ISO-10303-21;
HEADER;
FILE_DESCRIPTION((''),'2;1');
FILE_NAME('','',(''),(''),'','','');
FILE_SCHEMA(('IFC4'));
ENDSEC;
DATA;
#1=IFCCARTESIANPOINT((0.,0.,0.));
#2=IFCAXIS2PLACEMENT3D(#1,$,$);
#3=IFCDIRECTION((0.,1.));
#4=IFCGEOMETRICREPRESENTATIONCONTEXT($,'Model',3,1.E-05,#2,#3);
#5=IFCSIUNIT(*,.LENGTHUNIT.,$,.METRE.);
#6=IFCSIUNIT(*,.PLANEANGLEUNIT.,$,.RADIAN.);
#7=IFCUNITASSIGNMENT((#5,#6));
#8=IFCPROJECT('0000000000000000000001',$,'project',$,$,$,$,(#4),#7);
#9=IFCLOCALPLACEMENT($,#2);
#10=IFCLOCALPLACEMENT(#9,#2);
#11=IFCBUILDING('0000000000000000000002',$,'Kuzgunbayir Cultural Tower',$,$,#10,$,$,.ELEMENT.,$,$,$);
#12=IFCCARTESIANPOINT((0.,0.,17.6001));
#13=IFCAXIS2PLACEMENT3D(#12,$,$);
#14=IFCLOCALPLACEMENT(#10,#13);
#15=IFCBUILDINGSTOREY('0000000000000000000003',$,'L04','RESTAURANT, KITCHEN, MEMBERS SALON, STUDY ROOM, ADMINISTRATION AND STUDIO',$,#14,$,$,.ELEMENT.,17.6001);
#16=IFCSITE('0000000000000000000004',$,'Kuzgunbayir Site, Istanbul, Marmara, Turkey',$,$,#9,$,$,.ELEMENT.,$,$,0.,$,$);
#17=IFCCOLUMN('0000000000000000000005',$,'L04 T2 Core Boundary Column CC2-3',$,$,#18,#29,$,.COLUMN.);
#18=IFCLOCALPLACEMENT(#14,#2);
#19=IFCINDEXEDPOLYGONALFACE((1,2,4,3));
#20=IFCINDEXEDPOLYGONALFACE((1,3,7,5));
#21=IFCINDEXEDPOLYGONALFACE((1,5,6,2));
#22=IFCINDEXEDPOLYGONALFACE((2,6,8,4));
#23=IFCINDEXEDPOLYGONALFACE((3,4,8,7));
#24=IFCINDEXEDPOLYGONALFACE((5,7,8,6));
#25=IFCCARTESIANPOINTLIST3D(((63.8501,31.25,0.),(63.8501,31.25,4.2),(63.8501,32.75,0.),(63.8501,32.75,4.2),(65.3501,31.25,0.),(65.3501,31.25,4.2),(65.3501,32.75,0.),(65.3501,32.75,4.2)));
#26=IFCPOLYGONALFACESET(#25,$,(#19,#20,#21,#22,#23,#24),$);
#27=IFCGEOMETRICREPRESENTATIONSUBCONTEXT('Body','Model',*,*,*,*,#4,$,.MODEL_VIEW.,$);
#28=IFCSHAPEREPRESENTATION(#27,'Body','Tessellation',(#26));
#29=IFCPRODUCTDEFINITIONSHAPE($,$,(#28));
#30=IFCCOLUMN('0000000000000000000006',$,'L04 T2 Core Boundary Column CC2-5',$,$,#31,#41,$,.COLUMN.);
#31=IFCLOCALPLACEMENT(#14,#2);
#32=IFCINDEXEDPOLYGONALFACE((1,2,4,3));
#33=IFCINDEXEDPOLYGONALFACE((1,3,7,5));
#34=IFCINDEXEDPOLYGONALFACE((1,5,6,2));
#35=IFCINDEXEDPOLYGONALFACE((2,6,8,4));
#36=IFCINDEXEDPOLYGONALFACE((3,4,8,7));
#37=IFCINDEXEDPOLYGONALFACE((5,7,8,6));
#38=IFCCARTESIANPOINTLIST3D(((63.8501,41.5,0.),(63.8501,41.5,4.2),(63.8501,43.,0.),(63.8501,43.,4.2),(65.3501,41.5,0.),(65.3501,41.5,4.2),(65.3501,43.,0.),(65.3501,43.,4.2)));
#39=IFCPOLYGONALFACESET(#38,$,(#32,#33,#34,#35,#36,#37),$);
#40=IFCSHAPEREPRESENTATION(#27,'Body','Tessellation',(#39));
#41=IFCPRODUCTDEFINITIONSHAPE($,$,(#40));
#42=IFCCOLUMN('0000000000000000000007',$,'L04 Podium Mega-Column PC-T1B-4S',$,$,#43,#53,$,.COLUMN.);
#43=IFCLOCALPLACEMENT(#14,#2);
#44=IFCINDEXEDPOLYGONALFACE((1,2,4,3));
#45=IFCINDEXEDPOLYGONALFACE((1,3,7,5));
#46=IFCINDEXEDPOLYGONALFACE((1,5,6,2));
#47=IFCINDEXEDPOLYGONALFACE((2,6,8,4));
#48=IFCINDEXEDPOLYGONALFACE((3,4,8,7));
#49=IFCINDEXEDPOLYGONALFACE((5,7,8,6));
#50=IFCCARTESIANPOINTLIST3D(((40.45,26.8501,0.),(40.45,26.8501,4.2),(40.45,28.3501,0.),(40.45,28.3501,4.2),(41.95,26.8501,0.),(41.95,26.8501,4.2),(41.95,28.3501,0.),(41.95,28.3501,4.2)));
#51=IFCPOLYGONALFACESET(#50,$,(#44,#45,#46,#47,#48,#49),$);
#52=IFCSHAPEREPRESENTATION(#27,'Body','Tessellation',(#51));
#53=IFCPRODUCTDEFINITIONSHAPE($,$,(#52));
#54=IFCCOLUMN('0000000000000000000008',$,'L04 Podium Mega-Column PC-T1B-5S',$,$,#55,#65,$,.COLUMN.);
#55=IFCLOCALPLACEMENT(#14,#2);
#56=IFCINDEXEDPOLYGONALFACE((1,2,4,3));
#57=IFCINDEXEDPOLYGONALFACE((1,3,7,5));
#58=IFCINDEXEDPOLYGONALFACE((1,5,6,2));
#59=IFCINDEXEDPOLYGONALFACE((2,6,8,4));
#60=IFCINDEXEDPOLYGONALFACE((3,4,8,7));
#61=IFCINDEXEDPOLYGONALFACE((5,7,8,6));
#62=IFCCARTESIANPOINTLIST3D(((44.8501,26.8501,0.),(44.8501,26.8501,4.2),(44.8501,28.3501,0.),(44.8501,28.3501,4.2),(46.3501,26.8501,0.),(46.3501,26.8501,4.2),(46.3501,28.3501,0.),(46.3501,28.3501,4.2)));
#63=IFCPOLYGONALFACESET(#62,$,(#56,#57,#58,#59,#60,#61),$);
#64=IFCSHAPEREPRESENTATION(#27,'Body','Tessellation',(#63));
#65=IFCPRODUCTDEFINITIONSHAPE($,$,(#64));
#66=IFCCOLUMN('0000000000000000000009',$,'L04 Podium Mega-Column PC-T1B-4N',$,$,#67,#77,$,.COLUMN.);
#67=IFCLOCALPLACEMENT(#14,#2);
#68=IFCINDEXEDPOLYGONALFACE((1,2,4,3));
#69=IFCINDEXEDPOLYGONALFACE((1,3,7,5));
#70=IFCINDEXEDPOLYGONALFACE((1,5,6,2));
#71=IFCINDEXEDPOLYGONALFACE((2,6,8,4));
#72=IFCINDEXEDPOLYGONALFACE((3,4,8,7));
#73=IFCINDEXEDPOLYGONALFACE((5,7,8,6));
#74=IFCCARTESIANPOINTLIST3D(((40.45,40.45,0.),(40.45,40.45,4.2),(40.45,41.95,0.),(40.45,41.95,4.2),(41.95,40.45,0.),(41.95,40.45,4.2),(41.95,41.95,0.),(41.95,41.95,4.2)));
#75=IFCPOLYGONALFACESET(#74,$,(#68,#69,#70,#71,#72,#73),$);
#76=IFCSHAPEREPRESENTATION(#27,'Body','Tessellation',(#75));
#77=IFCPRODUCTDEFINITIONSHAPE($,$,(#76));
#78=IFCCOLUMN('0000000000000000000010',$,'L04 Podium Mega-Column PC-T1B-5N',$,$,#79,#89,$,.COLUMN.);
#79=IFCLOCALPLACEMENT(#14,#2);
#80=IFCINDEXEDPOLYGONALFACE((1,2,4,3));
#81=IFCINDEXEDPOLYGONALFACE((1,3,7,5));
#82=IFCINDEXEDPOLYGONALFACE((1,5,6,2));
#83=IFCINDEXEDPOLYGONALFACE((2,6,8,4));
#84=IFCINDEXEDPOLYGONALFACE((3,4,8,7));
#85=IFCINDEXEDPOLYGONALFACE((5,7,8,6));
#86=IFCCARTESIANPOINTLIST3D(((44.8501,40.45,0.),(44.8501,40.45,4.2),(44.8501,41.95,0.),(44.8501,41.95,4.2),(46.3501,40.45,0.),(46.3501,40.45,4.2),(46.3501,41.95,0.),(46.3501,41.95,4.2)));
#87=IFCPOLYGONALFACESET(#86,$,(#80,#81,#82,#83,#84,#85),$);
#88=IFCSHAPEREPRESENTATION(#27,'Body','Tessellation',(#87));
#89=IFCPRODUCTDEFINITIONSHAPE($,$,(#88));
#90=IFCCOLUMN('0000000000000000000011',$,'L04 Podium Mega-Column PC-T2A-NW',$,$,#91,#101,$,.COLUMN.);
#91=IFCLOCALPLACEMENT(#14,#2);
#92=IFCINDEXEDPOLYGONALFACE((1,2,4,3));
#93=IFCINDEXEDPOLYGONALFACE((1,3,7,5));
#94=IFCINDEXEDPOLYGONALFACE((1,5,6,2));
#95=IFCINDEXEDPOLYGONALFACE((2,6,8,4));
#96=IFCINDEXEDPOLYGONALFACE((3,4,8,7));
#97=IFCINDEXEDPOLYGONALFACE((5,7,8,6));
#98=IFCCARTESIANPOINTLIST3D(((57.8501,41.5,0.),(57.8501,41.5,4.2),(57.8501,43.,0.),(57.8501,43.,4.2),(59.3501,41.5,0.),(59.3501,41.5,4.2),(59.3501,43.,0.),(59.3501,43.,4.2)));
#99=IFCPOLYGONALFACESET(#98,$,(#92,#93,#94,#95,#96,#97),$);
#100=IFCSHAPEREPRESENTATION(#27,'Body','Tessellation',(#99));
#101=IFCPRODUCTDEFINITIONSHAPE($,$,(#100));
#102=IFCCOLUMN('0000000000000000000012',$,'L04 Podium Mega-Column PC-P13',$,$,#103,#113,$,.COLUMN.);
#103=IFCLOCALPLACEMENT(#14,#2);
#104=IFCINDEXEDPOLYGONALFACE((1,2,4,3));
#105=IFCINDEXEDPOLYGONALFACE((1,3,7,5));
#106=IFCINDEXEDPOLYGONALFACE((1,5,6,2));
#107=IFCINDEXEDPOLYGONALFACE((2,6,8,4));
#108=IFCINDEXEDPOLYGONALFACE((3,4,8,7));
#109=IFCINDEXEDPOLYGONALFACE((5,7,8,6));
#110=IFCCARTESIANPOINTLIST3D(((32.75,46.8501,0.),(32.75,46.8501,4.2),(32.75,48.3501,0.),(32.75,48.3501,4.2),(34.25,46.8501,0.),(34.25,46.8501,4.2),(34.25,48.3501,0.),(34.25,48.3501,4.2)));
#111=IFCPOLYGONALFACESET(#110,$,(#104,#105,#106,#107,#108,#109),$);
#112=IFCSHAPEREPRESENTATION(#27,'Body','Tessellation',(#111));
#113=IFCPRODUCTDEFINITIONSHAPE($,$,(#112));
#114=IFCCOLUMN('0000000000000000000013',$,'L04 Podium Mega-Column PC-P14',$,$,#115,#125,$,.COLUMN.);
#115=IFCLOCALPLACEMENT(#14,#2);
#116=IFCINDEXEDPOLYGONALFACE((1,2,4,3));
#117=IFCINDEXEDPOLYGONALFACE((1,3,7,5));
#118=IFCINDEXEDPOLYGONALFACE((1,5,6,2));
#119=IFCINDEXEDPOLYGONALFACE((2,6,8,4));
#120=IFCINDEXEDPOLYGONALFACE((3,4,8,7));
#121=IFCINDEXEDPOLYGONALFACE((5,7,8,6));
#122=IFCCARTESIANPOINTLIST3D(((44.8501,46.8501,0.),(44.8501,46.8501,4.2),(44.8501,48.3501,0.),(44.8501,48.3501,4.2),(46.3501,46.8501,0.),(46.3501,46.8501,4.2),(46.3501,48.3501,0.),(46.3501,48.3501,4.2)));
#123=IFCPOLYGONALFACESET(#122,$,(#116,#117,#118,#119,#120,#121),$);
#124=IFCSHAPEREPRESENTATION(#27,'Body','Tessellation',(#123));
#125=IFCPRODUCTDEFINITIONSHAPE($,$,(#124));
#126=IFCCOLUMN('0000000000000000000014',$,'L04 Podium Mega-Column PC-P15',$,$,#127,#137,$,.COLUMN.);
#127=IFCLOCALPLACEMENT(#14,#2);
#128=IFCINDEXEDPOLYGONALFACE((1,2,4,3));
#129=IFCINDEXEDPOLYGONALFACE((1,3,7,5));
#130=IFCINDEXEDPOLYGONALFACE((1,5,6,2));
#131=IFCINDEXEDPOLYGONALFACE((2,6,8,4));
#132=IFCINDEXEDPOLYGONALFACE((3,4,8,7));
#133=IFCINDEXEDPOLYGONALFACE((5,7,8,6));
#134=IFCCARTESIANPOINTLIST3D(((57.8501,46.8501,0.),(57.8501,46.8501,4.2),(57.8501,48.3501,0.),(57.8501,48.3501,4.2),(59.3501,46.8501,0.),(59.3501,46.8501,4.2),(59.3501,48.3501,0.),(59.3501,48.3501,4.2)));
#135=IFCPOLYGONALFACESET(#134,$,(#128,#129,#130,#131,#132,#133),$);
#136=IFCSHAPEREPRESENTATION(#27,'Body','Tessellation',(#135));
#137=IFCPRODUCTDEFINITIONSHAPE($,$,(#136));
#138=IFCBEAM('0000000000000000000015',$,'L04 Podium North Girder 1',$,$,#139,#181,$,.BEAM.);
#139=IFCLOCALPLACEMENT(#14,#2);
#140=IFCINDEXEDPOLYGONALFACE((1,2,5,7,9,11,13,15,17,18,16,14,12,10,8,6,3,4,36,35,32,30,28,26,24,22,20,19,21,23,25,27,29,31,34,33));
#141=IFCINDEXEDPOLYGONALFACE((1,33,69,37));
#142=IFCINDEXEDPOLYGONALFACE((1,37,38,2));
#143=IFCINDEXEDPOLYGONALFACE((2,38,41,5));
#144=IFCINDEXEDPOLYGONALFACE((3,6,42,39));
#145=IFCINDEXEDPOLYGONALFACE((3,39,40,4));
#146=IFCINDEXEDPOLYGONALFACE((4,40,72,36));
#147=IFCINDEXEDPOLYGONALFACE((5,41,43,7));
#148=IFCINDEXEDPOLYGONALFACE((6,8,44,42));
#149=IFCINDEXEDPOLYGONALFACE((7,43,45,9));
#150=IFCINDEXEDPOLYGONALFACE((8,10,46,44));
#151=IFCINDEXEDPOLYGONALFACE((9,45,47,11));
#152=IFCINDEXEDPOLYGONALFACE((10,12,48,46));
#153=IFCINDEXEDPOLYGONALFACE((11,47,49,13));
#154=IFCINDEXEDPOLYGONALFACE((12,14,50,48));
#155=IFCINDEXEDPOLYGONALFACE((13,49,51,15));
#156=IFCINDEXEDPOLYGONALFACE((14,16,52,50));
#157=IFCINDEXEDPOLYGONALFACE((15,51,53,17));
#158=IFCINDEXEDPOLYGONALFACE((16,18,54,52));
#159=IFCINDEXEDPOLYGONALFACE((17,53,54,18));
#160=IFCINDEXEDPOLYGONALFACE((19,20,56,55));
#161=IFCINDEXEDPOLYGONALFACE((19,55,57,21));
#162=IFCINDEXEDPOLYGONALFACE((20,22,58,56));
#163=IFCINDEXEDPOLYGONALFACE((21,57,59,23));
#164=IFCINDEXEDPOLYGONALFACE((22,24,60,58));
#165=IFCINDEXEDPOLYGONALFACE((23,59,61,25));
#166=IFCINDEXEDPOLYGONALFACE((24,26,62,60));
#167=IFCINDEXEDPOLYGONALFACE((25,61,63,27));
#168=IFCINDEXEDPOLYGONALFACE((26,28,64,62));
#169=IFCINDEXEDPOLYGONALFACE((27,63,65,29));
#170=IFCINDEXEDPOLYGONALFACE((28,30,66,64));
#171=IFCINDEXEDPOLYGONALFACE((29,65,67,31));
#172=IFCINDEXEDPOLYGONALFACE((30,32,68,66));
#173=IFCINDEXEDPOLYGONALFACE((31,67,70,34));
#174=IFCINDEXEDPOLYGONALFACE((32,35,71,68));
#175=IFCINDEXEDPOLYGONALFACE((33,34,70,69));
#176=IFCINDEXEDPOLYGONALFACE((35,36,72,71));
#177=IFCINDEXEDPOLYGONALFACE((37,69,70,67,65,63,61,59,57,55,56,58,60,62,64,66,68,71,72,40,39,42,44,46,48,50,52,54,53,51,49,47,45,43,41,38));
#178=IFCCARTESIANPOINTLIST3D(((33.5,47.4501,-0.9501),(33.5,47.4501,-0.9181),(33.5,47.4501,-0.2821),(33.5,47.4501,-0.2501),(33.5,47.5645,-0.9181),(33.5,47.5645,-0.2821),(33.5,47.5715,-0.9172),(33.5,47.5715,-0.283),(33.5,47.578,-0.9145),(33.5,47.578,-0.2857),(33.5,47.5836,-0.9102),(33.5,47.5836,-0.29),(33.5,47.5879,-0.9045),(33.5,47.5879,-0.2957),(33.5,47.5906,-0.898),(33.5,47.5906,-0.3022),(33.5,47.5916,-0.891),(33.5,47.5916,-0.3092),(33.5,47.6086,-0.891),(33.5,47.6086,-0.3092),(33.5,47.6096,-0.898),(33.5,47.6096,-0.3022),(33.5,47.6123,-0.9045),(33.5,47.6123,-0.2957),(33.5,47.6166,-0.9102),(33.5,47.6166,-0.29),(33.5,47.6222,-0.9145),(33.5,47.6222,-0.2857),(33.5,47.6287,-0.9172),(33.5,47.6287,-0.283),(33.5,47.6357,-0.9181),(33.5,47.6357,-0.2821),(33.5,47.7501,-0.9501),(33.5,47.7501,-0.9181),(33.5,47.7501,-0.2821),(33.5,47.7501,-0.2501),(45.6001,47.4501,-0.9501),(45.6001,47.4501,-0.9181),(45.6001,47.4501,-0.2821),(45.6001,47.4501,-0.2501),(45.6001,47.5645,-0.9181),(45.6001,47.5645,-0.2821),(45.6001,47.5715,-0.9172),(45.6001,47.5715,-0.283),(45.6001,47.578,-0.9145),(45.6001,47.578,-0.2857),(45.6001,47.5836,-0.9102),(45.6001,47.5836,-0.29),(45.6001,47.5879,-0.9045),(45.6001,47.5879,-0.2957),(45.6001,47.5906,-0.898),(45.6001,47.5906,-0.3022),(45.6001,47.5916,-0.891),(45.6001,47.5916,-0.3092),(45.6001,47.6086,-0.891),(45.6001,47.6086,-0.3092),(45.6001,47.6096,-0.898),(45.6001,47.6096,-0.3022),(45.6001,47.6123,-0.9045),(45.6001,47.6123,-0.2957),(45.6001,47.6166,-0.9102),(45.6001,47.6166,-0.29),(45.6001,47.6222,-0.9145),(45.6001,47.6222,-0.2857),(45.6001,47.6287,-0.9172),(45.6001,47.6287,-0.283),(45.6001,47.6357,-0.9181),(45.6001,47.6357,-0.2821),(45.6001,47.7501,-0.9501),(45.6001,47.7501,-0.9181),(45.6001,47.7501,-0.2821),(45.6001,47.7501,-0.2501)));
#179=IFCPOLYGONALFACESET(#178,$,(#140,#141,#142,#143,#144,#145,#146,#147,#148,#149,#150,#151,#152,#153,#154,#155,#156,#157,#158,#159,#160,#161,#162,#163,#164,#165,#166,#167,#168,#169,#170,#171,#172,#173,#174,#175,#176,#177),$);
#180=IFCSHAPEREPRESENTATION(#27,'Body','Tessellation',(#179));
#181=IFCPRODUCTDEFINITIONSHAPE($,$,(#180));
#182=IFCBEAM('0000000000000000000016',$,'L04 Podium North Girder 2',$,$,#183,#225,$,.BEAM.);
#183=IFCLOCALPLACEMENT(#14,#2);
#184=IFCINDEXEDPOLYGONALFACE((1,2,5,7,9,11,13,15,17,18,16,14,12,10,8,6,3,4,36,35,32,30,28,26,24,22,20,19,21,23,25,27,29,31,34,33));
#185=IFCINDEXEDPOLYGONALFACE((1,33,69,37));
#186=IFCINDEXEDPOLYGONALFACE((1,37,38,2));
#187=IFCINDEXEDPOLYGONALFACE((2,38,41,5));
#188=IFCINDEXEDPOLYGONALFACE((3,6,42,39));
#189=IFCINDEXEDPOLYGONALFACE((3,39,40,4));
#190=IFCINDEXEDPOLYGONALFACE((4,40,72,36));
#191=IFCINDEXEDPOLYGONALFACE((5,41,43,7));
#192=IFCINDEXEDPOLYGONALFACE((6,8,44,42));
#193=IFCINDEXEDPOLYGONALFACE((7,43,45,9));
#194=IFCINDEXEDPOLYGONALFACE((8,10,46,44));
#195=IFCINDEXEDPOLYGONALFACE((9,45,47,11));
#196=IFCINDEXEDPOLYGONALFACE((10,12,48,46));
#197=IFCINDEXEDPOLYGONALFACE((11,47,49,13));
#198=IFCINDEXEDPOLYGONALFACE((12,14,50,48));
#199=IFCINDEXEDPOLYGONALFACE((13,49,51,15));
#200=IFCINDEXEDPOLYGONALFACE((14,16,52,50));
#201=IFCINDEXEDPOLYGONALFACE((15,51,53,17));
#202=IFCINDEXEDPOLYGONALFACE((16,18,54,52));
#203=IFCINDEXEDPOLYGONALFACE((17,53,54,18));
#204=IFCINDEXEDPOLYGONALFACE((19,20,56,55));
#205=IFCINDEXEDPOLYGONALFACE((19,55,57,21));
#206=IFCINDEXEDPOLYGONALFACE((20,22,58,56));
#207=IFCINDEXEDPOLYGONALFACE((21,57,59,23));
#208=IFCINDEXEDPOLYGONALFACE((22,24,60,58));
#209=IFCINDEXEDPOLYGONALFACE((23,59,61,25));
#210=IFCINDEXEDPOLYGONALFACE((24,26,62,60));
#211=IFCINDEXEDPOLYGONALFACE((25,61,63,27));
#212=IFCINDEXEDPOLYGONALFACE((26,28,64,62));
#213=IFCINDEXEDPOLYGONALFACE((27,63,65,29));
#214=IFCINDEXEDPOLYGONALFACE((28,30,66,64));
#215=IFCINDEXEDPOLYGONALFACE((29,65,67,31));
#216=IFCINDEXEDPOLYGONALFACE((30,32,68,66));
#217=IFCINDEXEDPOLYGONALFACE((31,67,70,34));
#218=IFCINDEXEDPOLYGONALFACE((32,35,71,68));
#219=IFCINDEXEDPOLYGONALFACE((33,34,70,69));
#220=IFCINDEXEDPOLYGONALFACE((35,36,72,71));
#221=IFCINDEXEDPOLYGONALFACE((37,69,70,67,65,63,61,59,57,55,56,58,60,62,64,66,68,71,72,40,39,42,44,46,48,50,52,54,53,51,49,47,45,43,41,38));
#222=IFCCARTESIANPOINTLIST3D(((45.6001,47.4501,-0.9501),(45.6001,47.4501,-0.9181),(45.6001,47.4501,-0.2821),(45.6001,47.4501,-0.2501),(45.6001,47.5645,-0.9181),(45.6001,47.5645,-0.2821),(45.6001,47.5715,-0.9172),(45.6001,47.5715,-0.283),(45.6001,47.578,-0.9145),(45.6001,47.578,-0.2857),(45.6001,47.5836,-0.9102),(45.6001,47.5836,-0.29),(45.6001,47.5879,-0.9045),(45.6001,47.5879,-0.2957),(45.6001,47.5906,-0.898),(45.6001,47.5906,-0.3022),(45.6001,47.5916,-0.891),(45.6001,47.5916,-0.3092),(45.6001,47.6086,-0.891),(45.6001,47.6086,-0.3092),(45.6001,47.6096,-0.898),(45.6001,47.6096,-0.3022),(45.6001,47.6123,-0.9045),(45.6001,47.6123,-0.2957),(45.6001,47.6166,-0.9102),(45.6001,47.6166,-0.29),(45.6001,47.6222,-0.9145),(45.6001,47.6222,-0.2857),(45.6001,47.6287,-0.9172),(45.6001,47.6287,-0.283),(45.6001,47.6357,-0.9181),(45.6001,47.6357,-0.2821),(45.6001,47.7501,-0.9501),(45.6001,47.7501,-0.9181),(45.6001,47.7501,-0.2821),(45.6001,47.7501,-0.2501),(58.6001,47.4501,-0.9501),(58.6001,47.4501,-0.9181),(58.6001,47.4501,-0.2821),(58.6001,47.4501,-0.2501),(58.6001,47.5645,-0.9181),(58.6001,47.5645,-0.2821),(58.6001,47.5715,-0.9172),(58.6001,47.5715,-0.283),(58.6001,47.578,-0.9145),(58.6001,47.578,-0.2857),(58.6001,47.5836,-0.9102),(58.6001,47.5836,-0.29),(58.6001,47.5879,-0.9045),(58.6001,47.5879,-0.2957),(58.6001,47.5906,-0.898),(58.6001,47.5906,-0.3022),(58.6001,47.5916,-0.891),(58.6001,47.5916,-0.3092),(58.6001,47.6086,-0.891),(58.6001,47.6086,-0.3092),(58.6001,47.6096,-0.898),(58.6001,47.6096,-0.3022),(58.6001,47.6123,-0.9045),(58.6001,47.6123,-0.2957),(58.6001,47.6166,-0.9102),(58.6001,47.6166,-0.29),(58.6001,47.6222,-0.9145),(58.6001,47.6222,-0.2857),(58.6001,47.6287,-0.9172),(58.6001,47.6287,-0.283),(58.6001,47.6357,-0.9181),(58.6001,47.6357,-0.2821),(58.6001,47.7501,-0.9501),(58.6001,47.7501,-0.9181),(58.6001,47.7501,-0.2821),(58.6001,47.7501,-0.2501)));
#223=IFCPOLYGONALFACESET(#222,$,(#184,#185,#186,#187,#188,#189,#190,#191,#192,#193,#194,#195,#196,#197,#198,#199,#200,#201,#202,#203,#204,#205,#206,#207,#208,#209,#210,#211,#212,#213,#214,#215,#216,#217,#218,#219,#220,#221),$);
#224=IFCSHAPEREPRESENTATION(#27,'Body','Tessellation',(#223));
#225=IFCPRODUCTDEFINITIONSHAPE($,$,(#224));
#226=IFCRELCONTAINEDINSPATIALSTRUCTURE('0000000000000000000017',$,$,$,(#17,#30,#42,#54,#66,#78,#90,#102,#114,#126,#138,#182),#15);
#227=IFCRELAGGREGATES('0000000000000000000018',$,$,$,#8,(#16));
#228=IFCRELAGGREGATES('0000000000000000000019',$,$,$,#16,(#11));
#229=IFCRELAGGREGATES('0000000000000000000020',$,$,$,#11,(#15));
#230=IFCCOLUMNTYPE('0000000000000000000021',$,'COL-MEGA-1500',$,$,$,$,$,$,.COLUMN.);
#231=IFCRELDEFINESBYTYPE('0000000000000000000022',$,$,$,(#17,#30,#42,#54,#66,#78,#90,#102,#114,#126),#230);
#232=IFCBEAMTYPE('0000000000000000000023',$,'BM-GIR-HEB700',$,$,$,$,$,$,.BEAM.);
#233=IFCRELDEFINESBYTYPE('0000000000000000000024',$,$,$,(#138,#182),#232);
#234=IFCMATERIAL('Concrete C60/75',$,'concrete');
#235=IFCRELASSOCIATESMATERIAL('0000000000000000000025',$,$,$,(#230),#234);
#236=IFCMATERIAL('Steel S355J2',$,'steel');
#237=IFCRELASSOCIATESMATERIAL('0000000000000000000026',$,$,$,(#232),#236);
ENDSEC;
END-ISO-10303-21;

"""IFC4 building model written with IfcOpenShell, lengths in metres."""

from ifc_helpers import new_model, si_unit, direction, frame, origin, origin_2d, place, context, subcontext, project, spatial, rectangle, i_section, extrude, material, material_profile, profile_set, type_object, element, save


model = new_model("IFC4")

# Units and contexts
model_context = context("Model", 3, precision=1e-05, world=origin(), true_north=direction((0.0, 1.0)))
body_context = subcontext(model_context, "Body", "Model", "MODEL_VIEW")
ifc_project = project(units=[si_unit("LENGTHUNIT", "METRE"), si_unit("PLANEANGLEUNIT", "RADIAN")], contexts=[model_context])

# Site, building, storey
site_placement = place(None, origin())
site = spatial("IfcSite", under=ifc_project, at=site_placement, Name="Kuzgunbayir Site, Istanbul, Marmara, Turkey", CompositionType="ELEMENT", RefElevation=0.0)
building_placement = place(site_placement, origin())
building = spatial("IfcBuilding", under=site, at=building_placement, Name="Kuzgunbayir Cultural Tower", CompositionType="ELEMENT")
storey_placement = place(building_placement, frame((0.0, 0.0, 17.6001)))
storey = spatial("IfcBuildingStorey", under=building, at=storey_placement, Name="L04", Description="RESTAURANT, KITCHEN, MEMBERS SALON, STUDY ROOM, ADMINISTRATION AND STUDIO", CompositionType="ELEMENT", Elevation=17.6001)

# Columns
ifc_material_1 = material(Name="Concrete C60/75", Category="concrete")
ifc_material_profile_1 = material_profile(ifc_material_1, rectangle(XDim=1.5, YDim=1.5, at=origin_2d()), Name="RC 1500x1500")
ifc_profile_set_1 = profile_set([ifc_material_profile_1], Name="Concrete C60/75")
column_type = type_object("IfcColumnType", Name="COL-MEGA-1500", PredefinedType="COLUMN", material=ifc_profile_set_1)
for number, where, z_axis, x_axis, name in (
    (1, (64.6001, 32.0, 0.0), (0.0, 0.0, 1.0), (1.0, 0.0, 0.0), "L04 T2 Core Boundary Column CC2-3"),
    (2, (64.6001, 42.25, 0.0), (0.0, 0.0, 1.0), (1.0, 0.0, 0.0), "L04 T2 Core Boundary Column CC2-5"),
    (3, (41.2, 27.6001, 0.0), (0.0, 0.0, 1.0), (1.0, 0.0, 0.0), "L04 Podium Mega-Column PC-T1B-4S"),
    (4, (45.6001, 27.6001, 0.0), (0.0, 0.0, 1.0), (1.0, 0.0, 0.0), "L04 Podium Mega-Column PC-T1B-5S"),
    (5, (41.2, 41.2, 0.0), (0.0, 0.0, 1.0), (1.0, 0.0, 0.0), "L04 Podium Mega-Column PC-T1B-4N"),
    (6, (45.6001, 41.2, 0.0), (0.0, 0.0, 1.0), (1.0, 0.0, 0.0), "L04 Podium Mega-Column PC-T1B-5N"),
    (7, (58.6001, 42.25, 0.0), (0.0, 0.0, 1.0), (1.0, 0.0, 0.0), "L04 Podium Mega-Column PC-T2A-NW"),
    (8, (33.5, 47.6001, 0.0), (0.0, 0.0, 1.0), (1.0, 0.0, 0.0), "L04 Podium Mega-Column PC-P13"),
    (9, (45.6001, 47.6001, 0.0), (0.0, 0.0, 1.0), (1.0, 0.0, 0.0), "L04 Podium Mega-Column PC-P14"),
    (10, (58.6001, 47.6001, 0.0), (0.0, 0.0, 1.0), (1.0, 0.0, 0.0), "L04 Podium Mega-Column PC-P15"),
):
    element("IfcColumn", number, at=place(storey_placement, frame(where, z_axis=z_axis, x_axis=x_axis)), inside=storey, type_object=column_type, Name=name, PredefinedType="COLUMN", context=body_context, shape_type="SweptSolid", body=[
        extrude(rectangle(XDim=1.5, YDim=1.5, at=origin_2d()), origin(), (0.0, 0.0, 1.0), 4.2),
    ])

# Beams
ifc_material_2 = material(Name="Steel S355J2", Category="steel")
ifc_material_profile_2 = material_profile(ifc_material_2, i_section(OverallWidth=0.3, OverallDepth=0.7, WebThickness=0.0171, FlangeThickness=0.032, FilletRadius=0.0271, at=origin_2d()), Name="HEB 700")
ifc_profile_set_2 = profile_set([ifc_material_profile_2], Name="Steel S355J2")
beam_type_1 = type_object("IfcBeamType", Name="BM-GIR-HEB700", PredefinedType="BEAM", material=ifc_profile_set_2)
beam_1_placement = place(storey_placement, frame((33.5, 47.6001, -0.6001), z_axis=(1.0, 0.0, 0.0), x_axis=(0.0, 1.0, 0.0)))
element("IfcBeam", 11, at=beam_1_placement, inside=storey, type_object=beam_type_1, Name="L04 Podium North Girder 1", PredefinedType="BEAM", context=body_context, shape_type="SweptSolid", body=[
    extrude(i_section(OverallWidth=0.3, OverallDepth=0.7, WebThickness=0.0171, FlangeThickness=0.032, FilletRadius=0.0271, at=origin_2d()), origin(), (0.0, 0.0, 1.0), 12.1001),
])
beam_2_placement = place(storey_placement, frame((45.6001, 47.6001, -0.6001), z_axis=(1.0, 0.0, 0.0), x_axis=(0.0, 1.0, 0.0)))
element("IfcBeam", 12, at=beam_2_placement, inside=storey, type_object=beam_type_1, Name="L04 Podium North Girder 2", PredefinedType="BEAM", context=body_context, shape_type="SweptSolid", body=[
    extrude(i_section(OverallWidth=0.3, OverallDepth=0.7, WebThickness=0.0171, FlangeThickness=0.032, FilletRadius=0.0271, at=origin_2d()), origin(), (0.0, 0.0, 1.0), 13.0),
])

save(model, "model.ifc")
